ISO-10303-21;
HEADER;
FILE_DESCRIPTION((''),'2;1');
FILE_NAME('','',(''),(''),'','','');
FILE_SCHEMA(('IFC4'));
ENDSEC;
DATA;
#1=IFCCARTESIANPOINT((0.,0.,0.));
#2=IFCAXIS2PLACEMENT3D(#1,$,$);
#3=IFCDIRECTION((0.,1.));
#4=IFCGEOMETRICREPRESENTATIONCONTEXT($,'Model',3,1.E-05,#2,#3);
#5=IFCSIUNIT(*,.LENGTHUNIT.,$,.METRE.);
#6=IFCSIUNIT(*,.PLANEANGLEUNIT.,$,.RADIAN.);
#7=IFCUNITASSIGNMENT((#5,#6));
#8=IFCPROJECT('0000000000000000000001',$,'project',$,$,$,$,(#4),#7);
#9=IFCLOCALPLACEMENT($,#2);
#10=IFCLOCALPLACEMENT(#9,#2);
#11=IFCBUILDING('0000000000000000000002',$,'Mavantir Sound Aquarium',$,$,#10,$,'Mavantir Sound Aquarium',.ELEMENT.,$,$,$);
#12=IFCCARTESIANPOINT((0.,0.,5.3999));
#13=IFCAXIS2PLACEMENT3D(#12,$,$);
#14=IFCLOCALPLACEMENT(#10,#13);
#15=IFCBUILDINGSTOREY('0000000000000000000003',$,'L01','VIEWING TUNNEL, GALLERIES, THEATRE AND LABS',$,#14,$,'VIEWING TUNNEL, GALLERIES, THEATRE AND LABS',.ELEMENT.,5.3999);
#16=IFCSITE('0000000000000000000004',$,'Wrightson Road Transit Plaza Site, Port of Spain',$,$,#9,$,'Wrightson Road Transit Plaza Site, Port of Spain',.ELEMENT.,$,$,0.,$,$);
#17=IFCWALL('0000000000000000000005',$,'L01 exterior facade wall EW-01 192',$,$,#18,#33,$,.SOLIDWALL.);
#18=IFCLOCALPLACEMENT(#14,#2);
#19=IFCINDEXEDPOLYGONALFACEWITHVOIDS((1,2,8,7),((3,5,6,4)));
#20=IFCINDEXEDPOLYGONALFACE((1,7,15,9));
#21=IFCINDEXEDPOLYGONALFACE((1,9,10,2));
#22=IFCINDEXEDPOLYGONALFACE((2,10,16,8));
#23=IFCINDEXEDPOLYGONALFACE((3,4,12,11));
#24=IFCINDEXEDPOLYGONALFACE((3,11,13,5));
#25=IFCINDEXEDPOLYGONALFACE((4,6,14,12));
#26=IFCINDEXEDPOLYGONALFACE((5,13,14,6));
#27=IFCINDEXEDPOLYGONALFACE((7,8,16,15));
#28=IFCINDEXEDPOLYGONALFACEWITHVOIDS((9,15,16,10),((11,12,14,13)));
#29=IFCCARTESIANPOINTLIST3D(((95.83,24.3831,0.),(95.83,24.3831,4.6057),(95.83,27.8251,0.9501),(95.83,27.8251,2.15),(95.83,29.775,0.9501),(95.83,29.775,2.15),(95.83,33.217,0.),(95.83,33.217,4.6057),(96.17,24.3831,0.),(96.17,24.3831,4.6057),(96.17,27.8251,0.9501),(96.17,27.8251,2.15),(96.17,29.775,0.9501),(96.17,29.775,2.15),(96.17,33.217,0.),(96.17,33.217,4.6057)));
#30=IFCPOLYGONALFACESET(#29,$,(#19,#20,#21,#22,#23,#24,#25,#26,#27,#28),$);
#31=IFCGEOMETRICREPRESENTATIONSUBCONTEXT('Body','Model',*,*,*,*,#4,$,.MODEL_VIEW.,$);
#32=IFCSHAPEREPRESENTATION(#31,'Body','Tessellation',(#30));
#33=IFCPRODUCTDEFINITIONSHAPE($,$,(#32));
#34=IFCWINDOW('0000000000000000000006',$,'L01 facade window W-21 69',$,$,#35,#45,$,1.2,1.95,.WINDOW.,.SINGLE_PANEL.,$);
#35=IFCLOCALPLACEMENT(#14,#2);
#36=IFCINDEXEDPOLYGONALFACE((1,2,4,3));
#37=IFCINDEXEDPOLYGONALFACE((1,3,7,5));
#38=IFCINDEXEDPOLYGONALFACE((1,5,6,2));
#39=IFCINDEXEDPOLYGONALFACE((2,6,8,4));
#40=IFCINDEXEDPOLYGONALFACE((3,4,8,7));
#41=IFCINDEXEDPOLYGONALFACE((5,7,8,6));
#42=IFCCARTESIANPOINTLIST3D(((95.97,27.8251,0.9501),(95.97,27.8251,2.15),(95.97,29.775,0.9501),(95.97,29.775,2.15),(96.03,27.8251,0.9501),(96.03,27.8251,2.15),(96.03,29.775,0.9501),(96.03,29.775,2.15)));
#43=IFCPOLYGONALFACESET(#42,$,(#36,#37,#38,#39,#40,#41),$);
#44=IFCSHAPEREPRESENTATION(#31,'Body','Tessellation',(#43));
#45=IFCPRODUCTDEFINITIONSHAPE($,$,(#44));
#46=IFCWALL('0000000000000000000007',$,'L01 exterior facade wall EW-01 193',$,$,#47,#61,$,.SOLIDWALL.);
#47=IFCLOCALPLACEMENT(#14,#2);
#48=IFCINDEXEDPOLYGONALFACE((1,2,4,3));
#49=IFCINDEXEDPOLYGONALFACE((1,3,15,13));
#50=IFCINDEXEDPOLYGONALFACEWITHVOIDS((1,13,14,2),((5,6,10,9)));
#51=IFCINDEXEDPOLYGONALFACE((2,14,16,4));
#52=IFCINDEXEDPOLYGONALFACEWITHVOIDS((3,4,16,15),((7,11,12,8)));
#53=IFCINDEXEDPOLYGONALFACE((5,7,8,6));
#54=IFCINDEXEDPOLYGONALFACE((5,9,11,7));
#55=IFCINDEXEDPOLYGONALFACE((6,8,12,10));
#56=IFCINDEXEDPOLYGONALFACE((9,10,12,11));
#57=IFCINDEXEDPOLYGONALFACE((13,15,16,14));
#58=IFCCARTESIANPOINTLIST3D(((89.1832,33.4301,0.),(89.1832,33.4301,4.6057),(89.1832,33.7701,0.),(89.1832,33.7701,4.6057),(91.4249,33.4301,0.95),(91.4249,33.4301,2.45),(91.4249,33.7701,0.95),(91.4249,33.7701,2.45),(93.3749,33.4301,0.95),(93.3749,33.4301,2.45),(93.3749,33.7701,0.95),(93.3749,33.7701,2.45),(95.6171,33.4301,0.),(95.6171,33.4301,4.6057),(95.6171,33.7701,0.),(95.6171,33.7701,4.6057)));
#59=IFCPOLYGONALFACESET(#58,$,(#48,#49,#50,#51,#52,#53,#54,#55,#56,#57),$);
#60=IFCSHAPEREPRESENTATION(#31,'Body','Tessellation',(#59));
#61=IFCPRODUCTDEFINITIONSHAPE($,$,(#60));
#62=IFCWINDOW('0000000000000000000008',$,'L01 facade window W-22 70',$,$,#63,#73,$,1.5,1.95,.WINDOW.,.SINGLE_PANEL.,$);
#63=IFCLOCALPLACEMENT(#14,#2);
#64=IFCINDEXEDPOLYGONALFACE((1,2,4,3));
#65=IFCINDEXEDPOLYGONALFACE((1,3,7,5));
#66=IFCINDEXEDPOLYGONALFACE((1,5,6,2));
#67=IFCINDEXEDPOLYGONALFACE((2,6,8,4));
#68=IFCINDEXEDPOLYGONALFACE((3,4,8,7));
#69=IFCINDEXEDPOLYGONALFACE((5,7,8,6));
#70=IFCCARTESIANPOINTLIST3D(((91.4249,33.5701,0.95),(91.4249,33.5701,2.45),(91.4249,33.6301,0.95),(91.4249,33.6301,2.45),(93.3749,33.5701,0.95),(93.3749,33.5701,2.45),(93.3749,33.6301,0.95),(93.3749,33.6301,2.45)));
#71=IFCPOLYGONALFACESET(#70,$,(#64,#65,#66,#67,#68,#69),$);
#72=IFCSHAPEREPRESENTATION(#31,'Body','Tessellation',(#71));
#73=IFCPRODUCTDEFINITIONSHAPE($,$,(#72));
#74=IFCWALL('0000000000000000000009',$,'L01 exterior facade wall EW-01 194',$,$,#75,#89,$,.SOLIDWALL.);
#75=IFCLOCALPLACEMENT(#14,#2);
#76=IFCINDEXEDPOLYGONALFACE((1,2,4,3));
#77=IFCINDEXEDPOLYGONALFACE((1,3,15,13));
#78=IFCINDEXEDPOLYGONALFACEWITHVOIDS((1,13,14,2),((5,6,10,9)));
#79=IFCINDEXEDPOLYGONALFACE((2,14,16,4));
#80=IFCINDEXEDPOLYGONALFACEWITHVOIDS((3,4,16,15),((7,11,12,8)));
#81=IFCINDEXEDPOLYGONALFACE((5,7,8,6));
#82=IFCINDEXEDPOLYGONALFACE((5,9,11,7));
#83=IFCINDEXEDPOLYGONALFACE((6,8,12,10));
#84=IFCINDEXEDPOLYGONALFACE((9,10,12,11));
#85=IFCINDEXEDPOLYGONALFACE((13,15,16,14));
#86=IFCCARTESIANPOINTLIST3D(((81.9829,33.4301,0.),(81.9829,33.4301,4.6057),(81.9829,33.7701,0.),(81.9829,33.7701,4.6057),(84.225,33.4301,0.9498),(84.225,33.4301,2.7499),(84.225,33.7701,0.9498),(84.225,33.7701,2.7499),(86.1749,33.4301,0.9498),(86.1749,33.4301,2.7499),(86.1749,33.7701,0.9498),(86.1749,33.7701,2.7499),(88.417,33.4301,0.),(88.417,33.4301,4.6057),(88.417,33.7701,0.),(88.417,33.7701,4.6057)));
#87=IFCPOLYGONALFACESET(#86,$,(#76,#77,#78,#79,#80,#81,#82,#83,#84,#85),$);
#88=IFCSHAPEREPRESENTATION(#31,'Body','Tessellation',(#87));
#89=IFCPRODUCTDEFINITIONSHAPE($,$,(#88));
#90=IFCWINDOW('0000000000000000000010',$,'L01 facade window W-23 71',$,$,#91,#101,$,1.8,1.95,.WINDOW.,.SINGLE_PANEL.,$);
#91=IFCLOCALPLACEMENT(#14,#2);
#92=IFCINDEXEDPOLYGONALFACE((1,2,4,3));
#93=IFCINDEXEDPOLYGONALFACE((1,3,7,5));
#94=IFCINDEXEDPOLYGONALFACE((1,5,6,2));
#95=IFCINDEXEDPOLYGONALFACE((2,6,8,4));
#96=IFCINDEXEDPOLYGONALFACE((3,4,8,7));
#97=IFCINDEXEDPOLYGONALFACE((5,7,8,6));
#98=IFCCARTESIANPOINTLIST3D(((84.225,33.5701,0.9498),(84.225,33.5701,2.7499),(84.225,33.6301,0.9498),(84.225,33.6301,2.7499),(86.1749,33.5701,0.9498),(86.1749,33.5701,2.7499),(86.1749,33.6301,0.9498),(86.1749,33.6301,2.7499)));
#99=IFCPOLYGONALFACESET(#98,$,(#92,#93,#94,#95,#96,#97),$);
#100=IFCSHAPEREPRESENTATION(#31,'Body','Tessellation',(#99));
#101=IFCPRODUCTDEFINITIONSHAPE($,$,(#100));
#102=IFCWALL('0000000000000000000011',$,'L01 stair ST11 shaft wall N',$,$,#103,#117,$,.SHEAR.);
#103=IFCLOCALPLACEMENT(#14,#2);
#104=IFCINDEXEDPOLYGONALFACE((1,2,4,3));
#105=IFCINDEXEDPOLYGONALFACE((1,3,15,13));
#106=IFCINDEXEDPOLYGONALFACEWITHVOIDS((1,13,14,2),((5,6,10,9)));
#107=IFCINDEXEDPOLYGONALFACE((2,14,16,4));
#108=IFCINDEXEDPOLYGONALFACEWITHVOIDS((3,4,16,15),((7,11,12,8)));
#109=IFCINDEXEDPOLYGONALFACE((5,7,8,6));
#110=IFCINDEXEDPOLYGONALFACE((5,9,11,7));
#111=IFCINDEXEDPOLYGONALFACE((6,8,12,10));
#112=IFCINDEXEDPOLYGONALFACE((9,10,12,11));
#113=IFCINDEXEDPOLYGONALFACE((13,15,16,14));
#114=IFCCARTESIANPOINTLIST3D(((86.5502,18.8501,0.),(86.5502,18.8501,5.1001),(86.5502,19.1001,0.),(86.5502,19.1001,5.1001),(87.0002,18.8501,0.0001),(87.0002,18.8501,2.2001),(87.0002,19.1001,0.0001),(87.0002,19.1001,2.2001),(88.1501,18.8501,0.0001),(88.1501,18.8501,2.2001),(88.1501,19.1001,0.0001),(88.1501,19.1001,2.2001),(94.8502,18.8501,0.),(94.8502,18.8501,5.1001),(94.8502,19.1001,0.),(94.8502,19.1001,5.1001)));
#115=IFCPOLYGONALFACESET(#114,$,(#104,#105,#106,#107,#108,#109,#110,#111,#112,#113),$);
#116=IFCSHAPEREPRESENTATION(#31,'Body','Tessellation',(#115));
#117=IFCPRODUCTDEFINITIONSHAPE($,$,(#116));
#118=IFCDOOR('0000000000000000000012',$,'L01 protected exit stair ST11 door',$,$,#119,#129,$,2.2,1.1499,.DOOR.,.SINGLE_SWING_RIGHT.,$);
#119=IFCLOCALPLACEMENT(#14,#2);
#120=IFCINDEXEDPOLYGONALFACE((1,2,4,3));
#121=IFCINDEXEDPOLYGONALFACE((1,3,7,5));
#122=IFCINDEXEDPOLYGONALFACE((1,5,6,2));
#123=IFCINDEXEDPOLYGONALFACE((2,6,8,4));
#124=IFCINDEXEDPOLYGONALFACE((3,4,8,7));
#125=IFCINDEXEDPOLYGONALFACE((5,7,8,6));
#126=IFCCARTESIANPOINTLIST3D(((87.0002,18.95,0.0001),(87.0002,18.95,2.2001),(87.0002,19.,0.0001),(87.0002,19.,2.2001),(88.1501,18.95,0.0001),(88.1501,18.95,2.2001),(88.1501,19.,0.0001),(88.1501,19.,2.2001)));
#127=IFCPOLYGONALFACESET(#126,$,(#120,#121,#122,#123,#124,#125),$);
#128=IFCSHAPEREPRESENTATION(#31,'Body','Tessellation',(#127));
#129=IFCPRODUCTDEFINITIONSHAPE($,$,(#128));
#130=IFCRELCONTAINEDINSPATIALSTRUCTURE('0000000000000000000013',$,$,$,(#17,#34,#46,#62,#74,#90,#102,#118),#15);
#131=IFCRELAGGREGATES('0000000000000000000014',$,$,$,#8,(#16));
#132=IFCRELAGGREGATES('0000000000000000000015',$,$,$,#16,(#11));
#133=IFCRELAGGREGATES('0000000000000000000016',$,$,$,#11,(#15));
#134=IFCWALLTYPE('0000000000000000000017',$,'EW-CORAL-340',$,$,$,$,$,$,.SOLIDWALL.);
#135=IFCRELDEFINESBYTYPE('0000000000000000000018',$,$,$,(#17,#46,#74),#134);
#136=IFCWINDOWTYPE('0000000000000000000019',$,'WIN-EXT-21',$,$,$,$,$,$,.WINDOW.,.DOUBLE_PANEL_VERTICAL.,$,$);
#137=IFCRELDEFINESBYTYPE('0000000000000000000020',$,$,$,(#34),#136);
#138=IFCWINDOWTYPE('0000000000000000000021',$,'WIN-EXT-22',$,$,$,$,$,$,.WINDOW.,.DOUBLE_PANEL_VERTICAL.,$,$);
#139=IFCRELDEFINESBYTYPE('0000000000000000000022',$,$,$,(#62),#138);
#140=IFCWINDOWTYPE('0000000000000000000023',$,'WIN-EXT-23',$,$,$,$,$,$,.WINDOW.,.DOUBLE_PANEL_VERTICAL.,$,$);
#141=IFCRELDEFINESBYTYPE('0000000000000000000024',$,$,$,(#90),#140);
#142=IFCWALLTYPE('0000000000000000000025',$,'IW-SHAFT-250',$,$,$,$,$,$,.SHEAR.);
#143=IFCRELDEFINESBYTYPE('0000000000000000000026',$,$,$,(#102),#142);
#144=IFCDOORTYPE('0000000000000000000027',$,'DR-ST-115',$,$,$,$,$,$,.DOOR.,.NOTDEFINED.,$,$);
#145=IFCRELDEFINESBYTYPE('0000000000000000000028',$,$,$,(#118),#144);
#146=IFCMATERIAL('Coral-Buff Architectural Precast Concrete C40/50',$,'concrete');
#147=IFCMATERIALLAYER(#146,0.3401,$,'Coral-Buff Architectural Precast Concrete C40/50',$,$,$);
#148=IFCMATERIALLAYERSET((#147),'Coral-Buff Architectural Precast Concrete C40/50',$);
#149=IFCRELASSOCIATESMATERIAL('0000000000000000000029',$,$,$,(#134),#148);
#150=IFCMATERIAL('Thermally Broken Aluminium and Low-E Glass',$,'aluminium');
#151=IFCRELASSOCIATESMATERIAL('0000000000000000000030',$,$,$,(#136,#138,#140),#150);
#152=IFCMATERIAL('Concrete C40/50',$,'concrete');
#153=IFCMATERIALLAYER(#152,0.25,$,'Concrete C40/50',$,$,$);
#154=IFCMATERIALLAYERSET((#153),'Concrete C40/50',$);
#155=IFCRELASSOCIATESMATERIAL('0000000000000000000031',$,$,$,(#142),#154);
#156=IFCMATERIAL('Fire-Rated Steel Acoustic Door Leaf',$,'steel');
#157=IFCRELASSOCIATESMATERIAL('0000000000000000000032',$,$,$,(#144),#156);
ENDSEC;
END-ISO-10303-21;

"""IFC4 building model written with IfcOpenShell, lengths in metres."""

from ifc_helpers import new_model, si_unit, direction, frame, frame_2d, origin, place, context, subcontext, project, spatial, rectangle, extrude, material, layer, layer_set, type_object, element, fill, save


model = new_model("IFC4")

# Units and contexts
model_context = context("Model", 3, precision=1e-05, world=origin(), true_north=direction((0.0, 1.0)))
body_context = subcontext(model_context, "Body", "Model", "MODEL_VIEW")
ifc_project = project(units=[si_unit("LENGTHUNIT", "METRE"), si_unit("PLANEANGLEUNIT", "RADIAN")], contexts=[model_context])

# Site, building, storey
site_placement = place(None, origin())
site = spatial("IfcSite", under=ifc_project, at=site_placement, Name="Wrightson Road Transit Plaza Site, Port of Spain", LongName="Wrightson Road Transit Plaza Site, Port of Spain", CompositionType="ELEMENT", RefElevation=0.0)
building_placement = place(site_placement, origin())
building = spatial("IfcBuilding", under=site, at=building_placement, Name="Mavantir Sound Aquarium", LongName="Mavantir Sound Aquarium", CompositionType="ELEMENT")
storey_placement = place(building_placement, frame((0.0, 0.0, 5.3999)))
storey = spatial("IfcBuildingStorey", under=building, at=storey_placement, Name="L01", Description="VIEWING TUNNEL, GALLERIES, THEATRE AND LABS", LongName="VIEWING TUNNEL, GALLERIES, THEATRE AND LABS", CompositionType="ELEMENT", Elevation=5.3999)

# Shared definitions
ifc_material_1 = material(Name="Concrete C40/50", Category="concrete")

# Walls, openings, windows
ifc_material_2 = material(Name="Coral-Buff Architectural Precast Concrete C40/50", Category="concrete")
ifc_layer_1 = layer(ifc_material_2, 0.3401, Name="Coral-Buff Architectural Precast Concrete C40/50")
ifc_layer_set_1 = layer_set([ifc_layer_1], Name="Coral-Buff Architectural Precast Concrete C40/50")
wall_type_1 = type_object("IfcWallType", Name="EW-CORAL-340", PredefinedType="SOLIDWALL", material=ifc_layer_set_1)
wall_1_placement = place(storey_placement, frame((96.0, 24.3831, 0.0), z_axis=(0.0, 0.0, 1.0), x_axis=(0.0, 1.0, 0.0)))
wall_1 = element("IfcWall", 1, at=wall_1_placement, inside=storey, type_object=wall_type_1, Name="L01 exterior facade wall EW-01 192", PredefinedType="SOLIDWALL", context=body_context, shape_type="SweptSolid", body=[
    extrude(rectangle(XDim=8.834, YDim=0.3401, at=frame_2d((4.417, 0.0))), origin(), (0.0, 0.0, 1.0), 4.6057),
])
opening_1_placement = place(wall_1_placement, frame((3.4419, 0.0, 0.95)))
opening_1 = element("IfcOpeningElement", 2, at=opening_1_placement, cuts=wall_1, PredefinedType="OPENING", context=body_context, shape_type="SweptSolid", body=[
    extrude(rectangle(XDim=1.95, YDim=1.2, at=frame_2d((0.9751, 0.6001))), frame((0.0, 0.1802, 0.0), z_axis=(0.0, -1.0, 0.0), x_axis=(1.0, 0.0, 0.0)), (0.0, 0.0, 1.0), 0.3601),
])
ifc_material_3 = material(Name="Thermally Broken Aluminium and Low-E Glass", Category="aluminium")
window_type_1 = type_object("IfcWindowType", Name="WIN-EXT-21", PartitioningType="DOUBLE_PANEL_VERTICAL", PredefinedType="WINDOW", material=ifc_material_3)
window_1_placement = place(opening_1_placement, origin())
window_1 = element("IfcWindow", 3, at=window_1_placement, inside=storey, type_object=window_type_1, Name="L01 facade window W-21 69", OverallHeight=1.2, OverallWidth=1.95, PartitioningType="SINGLE_PANEL", PredefinedType="WINDOW", context=body_context, shape_type="SweptSolid", body=[
    extrude(rectangle(XDim=1.95, YDim=1.2, at=frame_2d((0.9751, 0.6001))), frame((0.0, 0.03, 0.0), z_axis=(0.0, -1.0, 0.0), x_axis=(1.0, 0.0, 0.0)), (0.0, 0.0, 1.0), 0.0601),
])
fill(opening_1, window_1)
wall_2_placement = place(storey_placement, frame((95.6169, 33.6001, 0.0), z_axis=(0.0, 0.0, 1.0), x_axis=(-1.0, 0.0, 0.0)))
wall_2 = element("IfcWall", 4, at=wall_2_placement, inside=storey, type_object=wall_type_1, Name="L01 exterior facade wall EW-01 193", PredefinedType="SOLIDWALL", context=body_context, shape_type="SweptSolid", body=[
    extrude(rectangle(XDim=6.4338, YDim=0.3401, at=frame_2d((3.2168, 0.0))), origin(), (0.0, 0.0, 1.0), 4.6057),
])
opening_2_placement = place(wall_2_placement, frame((2.2419, 0.0, 0.95)))
opening_2 = element("IfcOpeningElement", 5, at=opening_2_placement, cuts=wall_2, PredefinedType="OPENING", context=body_context, shape_type="SweptSolid", body=[
    extrude(rectangle(XDim=1.95, YDim=1.5, at=frame_2d((0.9751, 0.75))), frame((0.0, 0.1802, 0.0), z_axis=(0.0, -1.0, 0.0), x_axis=(1.0, 0.0, 0.0)), (0.0, 0.0, 1.0), 0.3601),
])
window_type_2 = type_object("IfcWindowType", Name="WIN-EXT-22", PartitioningType="DOUBLE_PANEL_VERTICAL", PredefinedType="WINDOW", material=ifc_material_3)
window_2_placement = place(opening_2_placement, origin())
window_2 = element("IfcWindow", 6, at=window_2_placement, inside=storey, type_object=window_type_2, Name="L01 facade window W-22 70", OverallHeight=1.5, OverallWidth=1.95, PartitioningType="SINGLE_PANEL", PredefinedType="WINDOW", context=body_context, shape_type="SweptSolid", body=[
    extrude(rectangle(XDim=1.95, YDim=1.5, at=frame_2d((0.9751, 0.75))), frame((0.0, 0.03, 0.0), z_axis=(0.0, -1.0, 0.0), x_axis=(1.0, 0.0, 0.0)), (0.0, 0.0, 1.0), 0.0601),
])
fill(opening_2, window_2)
wall_3_placement = place(storey_placement, frame((88.417, 33.6001, 0.0), z_axis=(0.0, 0.0, 1.0), x_axis=(-1.0, 0.0, 0.0)))
wall_3 = element("IfcWall", 7, at=wall_3_placement, inside=storey, type_object=wall_type_1, Name="L01 exterior facade wall EW-01 194", PredefinedType="SOLIDWALL", context=body_context, shape_type="SweptSolid", body=[
    extrude(rectangle(XDim=6.4341, YDim=0.3401, at=frame_2d((3.217, 0.0))), origin(), (0.0, 0.0, 1.0), 4.6057),
])
opening_3_placement = place(wall_3_placement, frame((2.2419, 0.0, 0.95)))
opening_3 = element("IfcOpeningElement", 8, at=opening_3_placement, cuts=wall_3, PredefinedType="OPENING", context=body_context, shape_type="SweptSolid", body=[
    extrude(rectangle(XDim=1.95, YDim=1.8, at=frame_2d((0.9751, 0.8999))), frame((0.0, 0.1802, 0.0), z_axis=(0.0, -1.0, 0.0), x_axis=(1.0, 0.0, 0.0)), (0.0, 0.0, 1.0), 0.3601),
])
window_type_3 = type_object("IfcWindowType", Name="WIN-EXT-23", PartitioningType="DOUBLE_PANEL_VERTICAL", PredefinedType="WINDOW", material=ifc_material_3)
window_3_placement = place(opening_3_placement, origin())
window_3 = element("IfcWindow", 9, at=window_3_placement, inside=storey, type_object=window_type_3, Name="L01 facade window W-23 71", OverallHeight=1.8, OverallWidth=1.95, PartitioningType="SINGLE_PANEL", PredefinedType="WINDOW", context=body_context, shape_type="SweptSolid", body=[
    extrude(rectangle(XDim=1.95, YDim=1.8, at=frame_2d((0.9751, 0.8999))), frame((0.0, 0.03, 0.0), z_axis=(0.0, -1.0, 0.0), x_axis=(1.0, 0.0, 0.0)), (0.0, 0.0, 1.0), 0.0601),
])
fill(opening_3, window_3)

# Wall, opening, door
ifc_layer_2 = layer(ifc_material_1, 0.25, Name="Concrete C40/50")
ifc_layer_set_2 = layer_set([ifc_layer_2], Name="Concrete C40/50")
wall_type_2 = type_object("IfcWallType", Name="IW-SHAFT-250", PredefinedType="SHEAR", material=ifc_layer_set_2)
wall_4_placement = place(storey_placement, frame((94.8501, 18.9751, 0.0), z_axis=(0.0, 0.0, 1.0), x_axis=(-1.0, 0.0, 0.0)))
wall_4 = element("IfcWall", 10, at=wall_4_placement, inside=storey, type_object=wall_type_2, Name="L01 stair ST11 shaft wall N", PredefinedType="SHEAR", context=body_context, shape_type="SweptSolid", body=[
    extrude(rectangle(XDim=8.3, YDim=0.25, at=frame_2d((4.1499, 0.0))), origin(), (0.0, 0.0, 1.0), 5.1001),
])
opening_4_placement = place(wall_4_placement, frame((7.8499, 0.0, 0.0), z_axis=(0.0, 0.0, 1.0), x_axis=(-1.0, 0.0, 0.0)))
opening_4 = element("IfcOpeningElement", 11, at=opening_4_placement, cuts=wall_4, PredefinedType="OPENING", context=body_context, shape_type="SweptSolid", body=[
    extrude(rectangle(XDim=1.1499, YDim=2.2, at=frame_2d((0.575, 1.1001))), frame((0.0, 0.135, 0.0), z_axis=(0.0, -1.0, 0.0), x_axis=(1.0, 0.0, 0.0)), (0.0, 0.0, 1.0), 0.27),
])
ifc_material_4 = material(Name="Fire-Rated Steel Acoustic Door Leaf", Category="steel")
door_type = type_object("IfcDoorType", Name="DR-ST-115", OperationType="NOTDEFINED", PredefinedType="DOOR", material=ifc_material_4)
door_placement = place(opening_4_placement, origin())
door = element("IfcDoor", 12, at=door_placement, inside=storey, type_object=door_type, Name="L01 protected exit stair ST11 door", OperationType="SINGLE_SWING_RIGHT", OverallHeight=2.2, OverallWidth=1.1499, PredefinedType="DOOR", context=body_context, shape_type="SweptSolid", body=[
    extrude(rectangle(XDim=1.1499, YDim=2.2, at=frame_2d((0.575, 1.1001))), frame((0.0, 0.0249, 0.0), z_axis=(0.0, -1.0, 0.0), x_axis=(1.0, 0.0, 0.0)), (0.0, 0.0, 1.0), 0.05),
])
fill(opening_4, door)

save(model, "model.ifc")
